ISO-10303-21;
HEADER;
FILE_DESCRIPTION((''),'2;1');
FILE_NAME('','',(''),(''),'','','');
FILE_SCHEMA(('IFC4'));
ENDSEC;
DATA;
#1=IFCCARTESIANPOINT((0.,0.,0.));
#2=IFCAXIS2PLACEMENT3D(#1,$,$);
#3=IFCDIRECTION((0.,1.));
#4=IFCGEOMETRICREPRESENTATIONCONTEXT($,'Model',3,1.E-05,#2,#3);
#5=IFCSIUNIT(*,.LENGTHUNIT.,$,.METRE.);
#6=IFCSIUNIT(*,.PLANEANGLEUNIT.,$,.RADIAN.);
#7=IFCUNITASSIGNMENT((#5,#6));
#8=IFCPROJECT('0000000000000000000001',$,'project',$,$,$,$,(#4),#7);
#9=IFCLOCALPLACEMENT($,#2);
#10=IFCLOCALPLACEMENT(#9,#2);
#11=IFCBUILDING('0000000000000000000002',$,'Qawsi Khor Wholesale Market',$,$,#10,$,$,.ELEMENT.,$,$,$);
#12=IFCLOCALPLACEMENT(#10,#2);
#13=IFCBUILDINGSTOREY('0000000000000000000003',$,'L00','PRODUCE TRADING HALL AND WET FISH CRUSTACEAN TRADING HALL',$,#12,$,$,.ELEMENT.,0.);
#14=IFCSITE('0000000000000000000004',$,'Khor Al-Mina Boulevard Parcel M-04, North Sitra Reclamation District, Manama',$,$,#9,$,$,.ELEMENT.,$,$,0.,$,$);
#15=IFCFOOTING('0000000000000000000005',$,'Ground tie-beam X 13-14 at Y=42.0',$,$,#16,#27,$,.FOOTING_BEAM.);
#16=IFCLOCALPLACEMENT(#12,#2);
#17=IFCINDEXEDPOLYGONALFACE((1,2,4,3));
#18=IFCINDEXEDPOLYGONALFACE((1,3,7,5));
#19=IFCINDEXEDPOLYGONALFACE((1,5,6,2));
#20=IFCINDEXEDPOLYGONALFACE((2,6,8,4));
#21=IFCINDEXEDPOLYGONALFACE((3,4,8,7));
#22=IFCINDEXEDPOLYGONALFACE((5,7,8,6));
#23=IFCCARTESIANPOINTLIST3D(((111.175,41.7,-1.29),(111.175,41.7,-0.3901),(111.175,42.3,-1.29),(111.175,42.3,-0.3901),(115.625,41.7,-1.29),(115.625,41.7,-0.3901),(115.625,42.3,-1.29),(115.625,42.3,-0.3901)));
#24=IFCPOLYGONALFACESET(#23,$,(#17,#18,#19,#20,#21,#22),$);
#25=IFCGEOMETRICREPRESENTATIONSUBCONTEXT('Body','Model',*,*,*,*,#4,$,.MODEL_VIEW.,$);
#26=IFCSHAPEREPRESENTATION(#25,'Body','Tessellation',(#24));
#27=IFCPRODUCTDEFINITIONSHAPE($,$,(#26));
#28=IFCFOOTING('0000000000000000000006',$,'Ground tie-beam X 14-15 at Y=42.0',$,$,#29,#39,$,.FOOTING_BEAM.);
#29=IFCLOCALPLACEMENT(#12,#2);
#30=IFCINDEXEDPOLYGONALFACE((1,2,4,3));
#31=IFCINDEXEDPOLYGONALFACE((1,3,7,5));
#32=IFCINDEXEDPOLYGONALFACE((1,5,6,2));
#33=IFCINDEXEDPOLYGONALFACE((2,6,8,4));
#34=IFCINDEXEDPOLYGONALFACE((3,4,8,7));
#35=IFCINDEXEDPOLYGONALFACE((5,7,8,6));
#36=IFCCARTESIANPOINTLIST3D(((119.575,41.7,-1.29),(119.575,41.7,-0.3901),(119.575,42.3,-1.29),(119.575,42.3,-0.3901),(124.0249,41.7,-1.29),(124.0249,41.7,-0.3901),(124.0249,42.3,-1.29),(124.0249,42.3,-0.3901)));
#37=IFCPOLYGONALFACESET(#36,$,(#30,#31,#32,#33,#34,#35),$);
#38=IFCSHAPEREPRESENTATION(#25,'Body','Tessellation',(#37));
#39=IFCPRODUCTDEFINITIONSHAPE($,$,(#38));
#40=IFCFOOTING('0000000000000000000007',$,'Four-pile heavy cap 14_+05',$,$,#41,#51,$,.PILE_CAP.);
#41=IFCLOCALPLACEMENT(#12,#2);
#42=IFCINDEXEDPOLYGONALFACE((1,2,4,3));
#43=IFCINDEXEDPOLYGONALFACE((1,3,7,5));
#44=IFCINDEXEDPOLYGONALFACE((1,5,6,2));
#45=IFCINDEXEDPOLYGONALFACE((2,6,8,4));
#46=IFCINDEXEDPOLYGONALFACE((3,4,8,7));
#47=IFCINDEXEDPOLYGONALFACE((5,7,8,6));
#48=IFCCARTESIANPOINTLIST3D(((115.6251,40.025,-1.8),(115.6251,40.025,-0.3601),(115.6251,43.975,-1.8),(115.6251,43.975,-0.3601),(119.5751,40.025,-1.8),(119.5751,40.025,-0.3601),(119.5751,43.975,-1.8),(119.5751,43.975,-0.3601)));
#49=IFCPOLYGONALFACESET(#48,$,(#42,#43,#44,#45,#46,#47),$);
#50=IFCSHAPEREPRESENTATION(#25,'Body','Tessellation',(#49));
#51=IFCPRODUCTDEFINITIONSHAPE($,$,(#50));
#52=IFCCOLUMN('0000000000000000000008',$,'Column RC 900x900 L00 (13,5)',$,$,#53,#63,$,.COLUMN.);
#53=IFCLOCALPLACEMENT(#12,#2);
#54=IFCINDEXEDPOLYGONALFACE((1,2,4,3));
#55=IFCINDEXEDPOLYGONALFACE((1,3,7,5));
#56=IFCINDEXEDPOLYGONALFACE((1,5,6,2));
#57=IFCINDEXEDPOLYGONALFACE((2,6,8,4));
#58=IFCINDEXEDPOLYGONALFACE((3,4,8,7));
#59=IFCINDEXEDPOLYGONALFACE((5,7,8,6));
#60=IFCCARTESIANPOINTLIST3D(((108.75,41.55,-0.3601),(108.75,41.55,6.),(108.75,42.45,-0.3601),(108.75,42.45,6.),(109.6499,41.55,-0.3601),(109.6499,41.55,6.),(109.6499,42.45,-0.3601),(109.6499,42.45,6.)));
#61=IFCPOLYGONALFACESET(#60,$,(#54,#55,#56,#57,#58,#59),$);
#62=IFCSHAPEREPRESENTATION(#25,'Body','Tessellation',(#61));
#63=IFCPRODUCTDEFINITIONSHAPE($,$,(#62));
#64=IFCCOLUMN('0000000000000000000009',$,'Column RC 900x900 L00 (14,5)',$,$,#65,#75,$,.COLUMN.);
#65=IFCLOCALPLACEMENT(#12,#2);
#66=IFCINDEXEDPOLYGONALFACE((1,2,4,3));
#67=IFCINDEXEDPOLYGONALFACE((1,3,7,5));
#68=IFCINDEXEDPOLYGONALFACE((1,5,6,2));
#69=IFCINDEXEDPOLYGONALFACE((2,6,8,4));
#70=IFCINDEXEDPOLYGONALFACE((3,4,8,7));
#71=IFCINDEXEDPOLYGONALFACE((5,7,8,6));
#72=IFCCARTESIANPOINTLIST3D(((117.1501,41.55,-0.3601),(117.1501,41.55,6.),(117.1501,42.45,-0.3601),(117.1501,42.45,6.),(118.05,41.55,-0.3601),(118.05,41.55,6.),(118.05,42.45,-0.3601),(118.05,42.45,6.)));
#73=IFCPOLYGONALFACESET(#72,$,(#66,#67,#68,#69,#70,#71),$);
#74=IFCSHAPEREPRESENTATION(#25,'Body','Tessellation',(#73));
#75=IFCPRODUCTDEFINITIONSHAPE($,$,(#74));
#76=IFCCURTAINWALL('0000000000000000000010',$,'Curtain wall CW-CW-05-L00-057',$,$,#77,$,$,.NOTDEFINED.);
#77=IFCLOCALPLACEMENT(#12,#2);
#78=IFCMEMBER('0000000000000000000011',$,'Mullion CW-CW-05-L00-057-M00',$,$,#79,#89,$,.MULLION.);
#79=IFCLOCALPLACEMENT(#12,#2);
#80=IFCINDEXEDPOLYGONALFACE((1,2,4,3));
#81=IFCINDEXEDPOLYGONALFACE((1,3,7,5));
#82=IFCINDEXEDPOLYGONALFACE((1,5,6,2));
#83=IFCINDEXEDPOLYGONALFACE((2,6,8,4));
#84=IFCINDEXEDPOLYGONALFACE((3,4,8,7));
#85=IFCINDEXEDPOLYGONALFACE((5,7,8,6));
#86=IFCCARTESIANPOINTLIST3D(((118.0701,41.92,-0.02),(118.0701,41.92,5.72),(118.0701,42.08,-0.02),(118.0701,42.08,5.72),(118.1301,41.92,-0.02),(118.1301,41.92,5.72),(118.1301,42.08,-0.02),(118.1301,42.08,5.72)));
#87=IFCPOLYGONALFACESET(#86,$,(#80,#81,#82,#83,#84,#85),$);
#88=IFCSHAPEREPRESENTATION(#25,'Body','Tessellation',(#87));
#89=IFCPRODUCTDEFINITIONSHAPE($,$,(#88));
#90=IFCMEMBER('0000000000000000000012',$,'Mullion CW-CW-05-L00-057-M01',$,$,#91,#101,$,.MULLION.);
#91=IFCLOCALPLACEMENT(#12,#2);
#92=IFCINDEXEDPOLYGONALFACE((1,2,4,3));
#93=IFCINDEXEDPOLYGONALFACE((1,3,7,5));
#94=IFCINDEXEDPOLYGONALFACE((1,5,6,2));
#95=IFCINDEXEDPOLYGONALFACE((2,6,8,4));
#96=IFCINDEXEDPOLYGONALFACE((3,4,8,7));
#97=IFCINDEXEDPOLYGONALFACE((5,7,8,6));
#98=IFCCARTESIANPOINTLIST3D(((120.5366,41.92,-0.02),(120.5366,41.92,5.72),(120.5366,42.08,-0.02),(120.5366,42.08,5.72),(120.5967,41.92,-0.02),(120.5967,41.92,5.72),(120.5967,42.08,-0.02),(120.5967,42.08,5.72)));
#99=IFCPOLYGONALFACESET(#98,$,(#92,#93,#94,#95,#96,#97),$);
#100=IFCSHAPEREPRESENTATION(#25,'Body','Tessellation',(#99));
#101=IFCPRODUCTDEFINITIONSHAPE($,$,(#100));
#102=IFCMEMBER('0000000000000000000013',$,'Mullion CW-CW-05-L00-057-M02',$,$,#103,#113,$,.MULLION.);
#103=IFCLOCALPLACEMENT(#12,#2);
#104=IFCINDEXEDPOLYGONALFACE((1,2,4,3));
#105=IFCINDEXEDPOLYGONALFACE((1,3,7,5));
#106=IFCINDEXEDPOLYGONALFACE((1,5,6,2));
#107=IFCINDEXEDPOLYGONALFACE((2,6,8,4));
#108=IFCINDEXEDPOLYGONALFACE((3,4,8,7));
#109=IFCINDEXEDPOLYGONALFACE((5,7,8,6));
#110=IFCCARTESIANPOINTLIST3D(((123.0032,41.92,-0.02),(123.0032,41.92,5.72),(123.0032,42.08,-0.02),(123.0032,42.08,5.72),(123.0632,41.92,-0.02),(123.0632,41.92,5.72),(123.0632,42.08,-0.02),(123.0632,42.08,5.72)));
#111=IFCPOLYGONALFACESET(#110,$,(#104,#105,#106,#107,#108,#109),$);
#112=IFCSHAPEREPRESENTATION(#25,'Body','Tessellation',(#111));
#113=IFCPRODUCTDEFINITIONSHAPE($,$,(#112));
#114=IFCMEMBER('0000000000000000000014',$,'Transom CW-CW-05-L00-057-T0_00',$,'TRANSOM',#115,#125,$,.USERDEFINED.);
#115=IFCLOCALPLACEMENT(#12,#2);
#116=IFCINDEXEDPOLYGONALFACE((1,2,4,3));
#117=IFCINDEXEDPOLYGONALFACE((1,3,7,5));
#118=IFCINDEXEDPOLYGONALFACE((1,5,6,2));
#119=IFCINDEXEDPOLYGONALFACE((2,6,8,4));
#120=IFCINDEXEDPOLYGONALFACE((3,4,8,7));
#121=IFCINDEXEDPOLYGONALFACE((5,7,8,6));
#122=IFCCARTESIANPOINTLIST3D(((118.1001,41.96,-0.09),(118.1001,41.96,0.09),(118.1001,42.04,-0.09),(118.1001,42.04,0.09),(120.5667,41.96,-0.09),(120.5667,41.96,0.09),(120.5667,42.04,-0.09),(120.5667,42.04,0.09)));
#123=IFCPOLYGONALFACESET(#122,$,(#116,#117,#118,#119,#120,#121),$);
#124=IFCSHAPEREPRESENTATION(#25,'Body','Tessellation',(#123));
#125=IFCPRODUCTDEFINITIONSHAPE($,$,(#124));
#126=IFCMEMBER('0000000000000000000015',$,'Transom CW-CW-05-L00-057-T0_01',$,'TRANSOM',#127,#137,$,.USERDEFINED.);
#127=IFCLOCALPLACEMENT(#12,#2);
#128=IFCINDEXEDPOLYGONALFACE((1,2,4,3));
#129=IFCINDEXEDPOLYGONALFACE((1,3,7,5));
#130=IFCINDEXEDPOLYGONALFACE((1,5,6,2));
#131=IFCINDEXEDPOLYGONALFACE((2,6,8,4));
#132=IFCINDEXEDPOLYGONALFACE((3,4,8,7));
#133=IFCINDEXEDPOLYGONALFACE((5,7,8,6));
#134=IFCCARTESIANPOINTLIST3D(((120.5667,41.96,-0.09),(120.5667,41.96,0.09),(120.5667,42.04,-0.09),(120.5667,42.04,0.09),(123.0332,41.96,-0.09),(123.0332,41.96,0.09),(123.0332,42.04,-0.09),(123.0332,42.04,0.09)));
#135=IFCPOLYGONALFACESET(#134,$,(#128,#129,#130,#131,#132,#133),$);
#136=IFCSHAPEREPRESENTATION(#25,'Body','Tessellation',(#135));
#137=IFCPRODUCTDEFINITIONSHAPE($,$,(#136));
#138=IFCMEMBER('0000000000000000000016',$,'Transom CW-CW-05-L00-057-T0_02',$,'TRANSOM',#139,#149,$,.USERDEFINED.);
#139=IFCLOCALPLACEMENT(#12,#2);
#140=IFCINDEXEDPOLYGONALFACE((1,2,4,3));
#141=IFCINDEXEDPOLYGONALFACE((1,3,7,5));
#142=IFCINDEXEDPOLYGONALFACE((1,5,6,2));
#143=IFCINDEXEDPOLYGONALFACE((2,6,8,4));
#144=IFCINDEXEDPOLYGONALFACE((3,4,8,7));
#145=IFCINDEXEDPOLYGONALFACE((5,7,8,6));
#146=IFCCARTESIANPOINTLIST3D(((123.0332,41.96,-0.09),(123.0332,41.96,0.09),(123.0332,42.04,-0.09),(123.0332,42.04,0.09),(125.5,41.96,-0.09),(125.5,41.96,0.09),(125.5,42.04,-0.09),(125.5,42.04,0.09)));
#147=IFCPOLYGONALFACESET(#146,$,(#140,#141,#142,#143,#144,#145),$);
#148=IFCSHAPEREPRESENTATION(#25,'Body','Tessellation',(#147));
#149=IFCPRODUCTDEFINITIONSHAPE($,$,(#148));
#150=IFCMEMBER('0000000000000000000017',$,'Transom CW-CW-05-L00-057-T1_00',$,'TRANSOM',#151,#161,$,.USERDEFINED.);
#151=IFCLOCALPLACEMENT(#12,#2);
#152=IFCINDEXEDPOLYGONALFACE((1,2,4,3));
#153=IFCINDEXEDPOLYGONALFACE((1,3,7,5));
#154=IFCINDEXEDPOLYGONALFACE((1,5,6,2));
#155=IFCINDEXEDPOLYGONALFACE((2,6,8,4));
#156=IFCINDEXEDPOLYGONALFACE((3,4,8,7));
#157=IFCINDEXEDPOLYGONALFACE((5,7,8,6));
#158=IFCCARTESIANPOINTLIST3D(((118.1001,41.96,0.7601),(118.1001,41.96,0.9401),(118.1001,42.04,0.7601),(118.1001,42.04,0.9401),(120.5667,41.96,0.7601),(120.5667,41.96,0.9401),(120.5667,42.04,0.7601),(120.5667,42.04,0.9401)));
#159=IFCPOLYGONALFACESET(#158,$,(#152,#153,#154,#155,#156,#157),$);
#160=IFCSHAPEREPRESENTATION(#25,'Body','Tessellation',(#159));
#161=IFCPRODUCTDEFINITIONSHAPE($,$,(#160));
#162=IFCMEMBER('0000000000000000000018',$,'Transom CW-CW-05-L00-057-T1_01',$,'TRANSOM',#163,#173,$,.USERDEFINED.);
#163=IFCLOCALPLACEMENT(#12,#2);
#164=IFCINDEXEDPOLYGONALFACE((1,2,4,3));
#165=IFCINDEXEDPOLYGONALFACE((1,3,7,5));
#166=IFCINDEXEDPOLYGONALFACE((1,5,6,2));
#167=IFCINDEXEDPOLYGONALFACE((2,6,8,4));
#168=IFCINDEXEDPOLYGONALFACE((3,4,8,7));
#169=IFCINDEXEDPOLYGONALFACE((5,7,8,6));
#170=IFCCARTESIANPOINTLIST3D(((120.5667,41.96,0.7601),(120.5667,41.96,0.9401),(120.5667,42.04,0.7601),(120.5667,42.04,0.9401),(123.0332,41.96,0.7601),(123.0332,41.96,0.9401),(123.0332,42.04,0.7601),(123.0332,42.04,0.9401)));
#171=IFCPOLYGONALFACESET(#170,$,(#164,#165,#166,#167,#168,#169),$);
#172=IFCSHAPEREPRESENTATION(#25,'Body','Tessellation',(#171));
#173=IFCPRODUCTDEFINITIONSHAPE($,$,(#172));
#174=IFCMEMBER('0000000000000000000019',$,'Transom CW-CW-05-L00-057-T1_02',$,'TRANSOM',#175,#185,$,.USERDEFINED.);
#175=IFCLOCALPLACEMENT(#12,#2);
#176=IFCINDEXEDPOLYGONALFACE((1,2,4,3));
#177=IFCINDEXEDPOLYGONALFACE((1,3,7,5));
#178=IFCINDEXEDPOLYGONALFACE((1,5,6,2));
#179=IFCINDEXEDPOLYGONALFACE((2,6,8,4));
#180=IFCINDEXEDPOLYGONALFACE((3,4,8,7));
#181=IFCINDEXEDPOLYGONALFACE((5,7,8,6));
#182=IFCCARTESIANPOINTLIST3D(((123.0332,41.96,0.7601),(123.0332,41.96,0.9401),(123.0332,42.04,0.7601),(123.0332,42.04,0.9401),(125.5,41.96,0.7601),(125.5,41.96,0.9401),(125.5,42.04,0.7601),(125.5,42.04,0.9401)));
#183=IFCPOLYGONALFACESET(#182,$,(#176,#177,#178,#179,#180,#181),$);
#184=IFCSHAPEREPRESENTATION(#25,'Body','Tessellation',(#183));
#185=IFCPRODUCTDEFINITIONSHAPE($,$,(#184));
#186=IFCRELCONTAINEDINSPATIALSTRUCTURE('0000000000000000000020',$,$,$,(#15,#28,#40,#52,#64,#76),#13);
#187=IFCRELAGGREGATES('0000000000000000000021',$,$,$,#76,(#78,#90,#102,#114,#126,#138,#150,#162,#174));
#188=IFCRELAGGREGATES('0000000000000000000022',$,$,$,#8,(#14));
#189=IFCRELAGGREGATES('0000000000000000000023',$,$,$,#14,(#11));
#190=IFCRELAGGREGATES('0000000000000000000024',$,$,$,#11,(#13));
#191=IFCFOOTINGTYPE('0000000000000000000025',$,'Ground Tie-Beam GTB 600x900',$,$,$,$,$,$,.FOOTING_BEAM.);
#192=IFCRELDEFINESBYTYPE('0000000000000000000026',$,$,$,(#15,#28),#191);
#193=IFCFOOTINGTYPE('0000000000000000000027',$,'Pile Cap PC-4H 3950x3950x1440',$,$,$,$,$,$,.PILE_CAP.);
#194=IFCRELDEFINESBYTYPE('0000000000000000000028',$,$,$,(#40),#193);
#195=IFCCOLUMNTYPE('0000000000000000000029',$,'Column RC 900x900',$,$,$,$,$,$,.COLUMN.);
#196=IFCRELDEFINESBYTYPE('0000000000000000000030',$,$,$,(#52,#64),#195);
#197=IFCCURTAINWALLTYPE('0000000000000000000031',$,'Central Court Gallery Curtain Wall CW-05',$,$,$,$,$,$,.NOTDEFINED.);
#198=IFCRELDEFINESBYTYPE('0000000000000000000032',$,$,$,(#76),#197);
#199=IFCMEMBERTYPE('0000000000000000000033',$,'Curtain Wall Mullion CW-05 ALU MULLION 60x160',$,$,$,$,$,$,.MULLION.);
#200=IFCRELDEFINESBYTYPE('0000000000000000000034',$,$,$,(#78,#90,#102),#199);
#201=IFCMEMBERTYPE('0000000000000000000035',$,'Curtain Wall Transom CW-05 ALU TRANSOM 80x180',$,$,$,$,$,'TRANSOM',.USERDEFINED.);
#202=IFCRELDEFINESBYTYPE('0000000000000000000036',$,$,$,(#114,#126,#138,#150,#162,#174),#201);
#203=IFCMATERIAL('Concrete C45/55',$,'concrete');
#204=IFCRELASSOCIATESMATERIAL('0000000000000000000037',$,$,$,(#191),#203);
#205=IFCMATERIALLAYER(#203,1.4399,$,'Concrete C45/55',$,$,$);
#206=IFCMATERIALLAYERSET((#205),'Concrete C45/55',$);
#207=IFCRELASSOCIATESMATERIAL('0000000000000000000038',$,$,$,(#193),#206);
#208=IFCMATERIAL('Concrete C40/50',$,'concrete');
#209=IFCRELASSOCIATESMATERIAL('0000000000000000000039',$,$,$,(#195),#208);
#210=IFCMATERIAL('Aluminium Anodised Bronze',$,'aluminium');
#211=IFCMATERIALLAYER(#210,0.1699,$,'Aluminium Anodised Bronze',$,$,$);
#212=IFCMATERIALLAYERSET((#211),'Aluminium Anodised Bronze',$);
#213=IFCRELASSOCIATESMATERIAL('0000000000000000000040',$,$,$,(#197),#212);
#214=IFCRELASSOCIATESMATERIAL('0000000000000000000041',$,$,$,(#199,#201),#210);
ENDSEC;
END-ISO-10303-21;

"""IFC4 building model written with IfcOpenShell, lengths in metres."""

from ifc_helpers import new_model, si_unit, direction, frame, origin, origin_2d, place, context, subcontext, project, spatial, rectangle, extrude, material, layer, layer_set, material_profile, profile_set, type_object, element, aggregate, save


model = new_model("IFC4")

# Units and contexts
model_context = context("Model", 3, precision=1e-05, world=origin(), true_north=direction((0.0, 1.0)))
body_context = subcontext(model_context, "Body", "Model", "MODEL_VIEW")
ifc_project = project(units=[si_unit("LENGTHUNIT", "METRE"), si_unit("PLANEANGLEUNIT", "RADIAN")], contexts=[model_context])

# Site, building, storey
site_placement = place(None, origin())
site = spatial("IfcSite", under=ifc_project, at=site_placement, Name="Khor Al-Mina Boulevard Parcel M-04, North Sitra Reclamation District, Manama", CompositionType="ELEMENT", RefElevation=0.0)
building_placement = place(site_placement, origin())
building = spatial("IfcBuilding", under=site, at=building_placement, Name="Qawsi Khor Wholesale Market", CompositionType="ELEMENT")
storey_placement = place(building_placement, origin())
storey = spatial("IfcBuildingStorey", under=building, at=storey_placement, Name="L00", Description="PRODUCE TRADING HALL AND WET FISH CRUSTACEAN TRADING HALL", CompositionType="ELEMENT", Elevation=0.0)

# Footings
ifc_material_1 = material(Name="Concrete C45/55", Category="concrete")
ifc_material_profile_1 = material_profile(ifc_material_1, rectangle(XDim=0.6001, YDim=0.8999, at=origin_2d()), Name="RC 600x900")
ifc_profile_set_1 = profile_set([ifc_material_profile_1], Name="Concrete C45/55")
footing_type_1 = type_object("IfcFootingType", Name="Ground Tie-Beam GTB 600x900", PredefinedType="FOOTING_BEAM", material=ifc_profile_set_1)
for number, where, z_axis, x_axis, name in (
    (1, (111.175, 42.0, -0.8401), (1.0, 0.0, 0.0), (0.0, 1.0, 0.0), "Ground tie-beam X 13-14 at Y=42.0"),
    (2, (119.575, 42.0, -0.8401), (1.0, 0.0, 0.0), (0.0, 1.0, 0.0), "Ground tie-beam X 14-15 at Y=42.0"),
):
    element("IfcFooting", number, at=place(storey_placement, frame(where, z_axis=z_axis, x_axis=x_axis)), inside=storey, type_object=footing_type_1, Name=name, PredefinedType="FOOTING_BEAM", context=body_context, shape_type="SweptSolid", body=[
        extrude(rectangle(XDim=0.6001, YDim=0.8999, at=origin_2d()), origin(), (0.0, 0.0, 1.0), 4.45),
    ])
ifc_layer_1 = layer(ifc_material_1, 1.4399, Name="Concrete C45/55")
ifc_layer_set_1 = layer_set([ifc_layer_1], Name="Concrete C45/55")
footing_type_2 = type_object("IfcFootingType", Name="Pile Cap PC-4H 3950x3950x1440", PredefinedType="PILE_CAP", material=ifc_layer_set_1)
footing_placement = place(storey_placement, frame((117.6001, 42.0, -1.8), z_axis=(0.0, 0.0, 1.0), x_axis=(1.0, 0.0, 0.0)))
element("IfcFooting", 3, at=footing_placement, inside=storey, type_object=footing_type_2, Name="Four-pile heavy cap 14_+05", PredefinedType="PILE_CAP", context=body_context, shape_type="SweptSolid", body=[
    extrude(rectangle(XDim=3.95, YDim=3.95, at=origin_2d()), origin(), (0.0, 0.0, 1.0), 1.4399),
])

# Columns
ifc_material_2 = material(Name="Concrete C40/50", Category="concrete")
ifc_material_profile_2 = material_profile(ifc_material_2, rectangle(XDim=0.8999, YDim=0.8999, at=origin_2d()), Name="RC 900x900")
ifc_profile_set_2 = profile_set([ifc_material_profile_2], Name="Concrete C40/50")
column_type = type_object("IfcColumnType", Name="Column RC 900x900", PredefinedType="COLUMN", material=ifc_profile_set_2)
for number, where, z_axis, x_axis, name in (
    (4, (109.2, 42.0, -0.3601), (0.0, 0.0, 1.0), (1.0, 0.0, 0.0), "Column RC 900x900 L00 (13,5)"),
    (5, (117.6001, 42.0, -0.3601), (0.0, 0.0, 1.0), (1.0, 0.0, 0.0), "Column RC 900x900 L00 (14,5)"),
):
    element("IfcColumn", number, at=place(storey_placement, frame(where, z_axis=z_axis, x_axis=x_axis)), inside=storey, type_object=column_type, Name=name, PredefinedType="COLUMN", context=body_context, shape_type="SweptSolid", body=[
        extrude(rectangle(XDim=0.8999, YDim=0.8999, at=origin_2d()), origin(), (0.0, 0.0, 1.0), 6.3601),
    ])

# Curtain wall, members
ifc_material_3 = material(Name="Aluminium Anodised Bronze", Category="aluminium")
ifc_layer_2 = layer(ifc_material_3, 0.1699, Name="Aluminium Anodised Bronze")
ifc_layer_set_2 = layer_set([ifc_layer_2], Name="Aluminium Anodised Bronze")
curtain_wall_type = type_object("IfcCurtainWallType", Name="Central Court Gallery Curtain Wall CW-05", PredefinedType="NOTDEFINED", material=ifc_layer_set_2)
curtain_wall_placement = place(storey_placement, origin())
curtain_wall = element("IfcCurtainWall", 6, at=curtain_wall_placement, inside=storey, type_object=curtain_wall_type, Name="Curtain wall CW-CW-05-L00-057", PredefinedType="NOTDEFINED")
ifc_material_profile_3 = material_profile(ifc_material_3, rectangle(XDim=0.0601, YDim=0.1599, at=origin_2d()), Name="ALU MULLION 60x160")
ifc_profile_set_3 = profile_set([ifc_material_profile_3], Name="Aluminium Anodised Bronze")
member_type_1 = type_object("IfcMemberType", Name="Curtain Wall Mullion CW-05 ALU MULLION 60x160", PredefinedType="MULLION", material=ifc_profile_set_3)
member_1_placement = place(storey_placement, frame((118.1001, 42.0, -0.02), z_axis=(0.0, 0.0, 1.0), x_axis=(1.0, 0.0, 0.0)))
member_1 = element("IfcMember", 7, at=member_1_placement, type_object=member_type_1, Name="Mullion CW-CW-05-L00-057-M00", PredefinedType="MULLION", context=body_context, shape_type="SweptSolid", body=[
    extrude(rectangle(XDim=0.0601, YDim=0.1599, at=origin_2d()), origin(), (0.0, 0.0, 1.0), 5.74),
])
member_2_placement = place(storey_placement, frame((120.5667, 42.0, -0.02), z_axis=(0.0, 0.0, 1.0), x_axis=(1.0, 0.0, 0.0)))
member_2 = element("IfcMember", 8, at=member_2_placement, type_object=member_type_1, Name="Mullion CW-CW-05-L00-057-M01", PredefinedType="MULLION", context=body_context, shape_type="SweptSolid", body=[
    extrude(rectangle(XDim=0.0601, YDim=0.1599, at=origin_2d()), origin(), (0.0, 0.0, 1.0), 5.74),
])
member_3_placement = place(storey_placement, frame((123.0332, 42.0, -0.02), z_axis=(0.0, 0.0, 1.0), x_axis=(1.0, 0.0, 0.0)))
member_3 = element("IfcMember", 9, at=member_3_placement, type_object=member_type_1, Name="Mullion CW-CW-05-L00-057-M02", PredefinedType="MULLION", context=body_context, shape_type="SweptSolid", body=[
    extrude(rectangle(XDim=0.0601, YDim=0.1599, at=origin_2d()), origin(), (0.0, 0.0, 1.0), 5.74),
])
ifc_material_profile_4 = material_profile(ifc_material_3, rectangle(XDim=0.0801, YDim=0.1799, at=origin_2d()), Name="ALU TRANSOM 80x180")
ifc_profile_set_4 = profile_set([ifc_material_profile_4], Name="Aluminium Anodised Bronze")
member_type_2 = type_object("IfcMemberType", Name="Curtain Wall Transom CW-05 ALU TRANSOM 80x180", ElementType="TRANSOM", PredefinedType="USERDEFINED", material=ifc_profile_set_4)
member_4_placement = place(storey_placement, frame((118.1001, 42.0, 0.0), z_axis=(1.0, 0.0, 0.0), x_axis=(0.0, 1.0, 0.0)))
member_4 = element("IfcMember", 10, at=member_4_placement, type_object=member_type_2, Name="Transom CW-CW-05-L00-057-T0_00", ObjectType="TRANSOM", PredefinedType="USERDEFINED", context=body_context, shape_type="SweptSolid", body=[
    extrude(rectangle(XDim=0.0801, YDim=0.1799, at=origin_2d()), origin(), (0.0, 0.0, 1.0), 2.4666),
])
member_5_placement = place(storey_placement, frame((120.5667, 42.0, 0.0), z_axis=(1.0, 0.0, 0.0), x_axis=(0.0, 1.0, 0.0)))
member_5 = element("IfcMember", 11, at=member_5_placement, type_object=member_type_2, Name="Transom CW-CW-05-L00-057-T0_01", ObjectType="TRANSOM", PredefinedType="USERDEFINED", context=body_context, shape_type="SweptSolid", body=[
    extrude(rectangle(XDim=0.0801, YDim=0.1799, at=origin_2d()), origin(), (0.0, 0.0, 1.0), 2.4666),
])
member_6_placement = place(storey_placement, frame((123.0332, 42.0, 0.0), z_axis=(1.0, 0.0, 0.0), x_axis=(0.0, 1.0, 0.0)))
member_6 = element("IfcMember", 12, at=member_6_placement, type_object=member_type_2, Name="Transom CW-CW-05-L00-057-T0_02", ObjectType="TRANSOM", PredefinedType="USERDEFINED", context=body_context, shape_type="SweptSolid", body=[
    extrude(rectangle(XDim=0.0801, YDim=0.1799, at=origin_2d()), origin(), (0.0, 0.0, 1.0), 2.4668),
])
member_7_placement = place(storey_placement, frame((118.1001, 42.0, 0.8501), z_axis=(1.0, 0.0, 0.0), x_axis=(0.0, 1.0, 0.0)))
member_7 = element("IfcMember", 13, at=member_7_placement, type_object=member_type_2, Name="Transom CW-CW-05-L00-057-T1_00", ObjectType="TRANSOM", PredefinedType="USERDEFINED", context=body_context, shape_type="SweptSolid", body=[
    extrude(rectangle(XDim=0.0801, YDim=0.1799, at=origin_2d()), origin(), (0.0, 0.0, 1.0), 2.4666),
])
member_8_placement = place(storey_placement, frame((120.5667, 42.0, 0.8501), z_axis=(1.0, 0.0, 0.0), x_axis=(0.0, 1.0, 0.0)))
member_8 = element("IfcMember", 14, at=member_8_placement, type_object=member_type_2, Name="Transom CW-CW-05-L00-057-T1_01", ObjectType="TRANSOM", PredefinedType="USERDEFINED", context=body_context, shape_type="SweptSolid", body=[
    extrude(rectangle(XDim=0.0801, YDim=0.1799, at=origin_2d()), origin(), (0.0, 0.0, 1.0), 2.4666),
])
member_9_placement = place(storey_placement, frame((123.0332, 42.0, 0.8501), z_axis=(1.0, 0.0, 0.0), x_axis=(0.0, 1.0, 0.0)))
member_9 = element("IfcMember", 15, at=member_9_placement, type_object=member_type_2, Name="Transom CW-CW-05-L00-057-T1_02", ObjectType="TRANSOM", PredefinedType="USERDEFINED", context=body_context, shape_type="SweptSolid", body=[
    extrude(rectangle(XDim=0.0801, YDim=0.1799, at=origin_2d()), origin(), (0.0, 0.0, 1.0), 2.4668),
])
aggregate(curtain_wall, [member_1, member_2, member_3, member_4, member_5, member_6, member_7, member_8, member_9])

save(model, "model.ifc")
